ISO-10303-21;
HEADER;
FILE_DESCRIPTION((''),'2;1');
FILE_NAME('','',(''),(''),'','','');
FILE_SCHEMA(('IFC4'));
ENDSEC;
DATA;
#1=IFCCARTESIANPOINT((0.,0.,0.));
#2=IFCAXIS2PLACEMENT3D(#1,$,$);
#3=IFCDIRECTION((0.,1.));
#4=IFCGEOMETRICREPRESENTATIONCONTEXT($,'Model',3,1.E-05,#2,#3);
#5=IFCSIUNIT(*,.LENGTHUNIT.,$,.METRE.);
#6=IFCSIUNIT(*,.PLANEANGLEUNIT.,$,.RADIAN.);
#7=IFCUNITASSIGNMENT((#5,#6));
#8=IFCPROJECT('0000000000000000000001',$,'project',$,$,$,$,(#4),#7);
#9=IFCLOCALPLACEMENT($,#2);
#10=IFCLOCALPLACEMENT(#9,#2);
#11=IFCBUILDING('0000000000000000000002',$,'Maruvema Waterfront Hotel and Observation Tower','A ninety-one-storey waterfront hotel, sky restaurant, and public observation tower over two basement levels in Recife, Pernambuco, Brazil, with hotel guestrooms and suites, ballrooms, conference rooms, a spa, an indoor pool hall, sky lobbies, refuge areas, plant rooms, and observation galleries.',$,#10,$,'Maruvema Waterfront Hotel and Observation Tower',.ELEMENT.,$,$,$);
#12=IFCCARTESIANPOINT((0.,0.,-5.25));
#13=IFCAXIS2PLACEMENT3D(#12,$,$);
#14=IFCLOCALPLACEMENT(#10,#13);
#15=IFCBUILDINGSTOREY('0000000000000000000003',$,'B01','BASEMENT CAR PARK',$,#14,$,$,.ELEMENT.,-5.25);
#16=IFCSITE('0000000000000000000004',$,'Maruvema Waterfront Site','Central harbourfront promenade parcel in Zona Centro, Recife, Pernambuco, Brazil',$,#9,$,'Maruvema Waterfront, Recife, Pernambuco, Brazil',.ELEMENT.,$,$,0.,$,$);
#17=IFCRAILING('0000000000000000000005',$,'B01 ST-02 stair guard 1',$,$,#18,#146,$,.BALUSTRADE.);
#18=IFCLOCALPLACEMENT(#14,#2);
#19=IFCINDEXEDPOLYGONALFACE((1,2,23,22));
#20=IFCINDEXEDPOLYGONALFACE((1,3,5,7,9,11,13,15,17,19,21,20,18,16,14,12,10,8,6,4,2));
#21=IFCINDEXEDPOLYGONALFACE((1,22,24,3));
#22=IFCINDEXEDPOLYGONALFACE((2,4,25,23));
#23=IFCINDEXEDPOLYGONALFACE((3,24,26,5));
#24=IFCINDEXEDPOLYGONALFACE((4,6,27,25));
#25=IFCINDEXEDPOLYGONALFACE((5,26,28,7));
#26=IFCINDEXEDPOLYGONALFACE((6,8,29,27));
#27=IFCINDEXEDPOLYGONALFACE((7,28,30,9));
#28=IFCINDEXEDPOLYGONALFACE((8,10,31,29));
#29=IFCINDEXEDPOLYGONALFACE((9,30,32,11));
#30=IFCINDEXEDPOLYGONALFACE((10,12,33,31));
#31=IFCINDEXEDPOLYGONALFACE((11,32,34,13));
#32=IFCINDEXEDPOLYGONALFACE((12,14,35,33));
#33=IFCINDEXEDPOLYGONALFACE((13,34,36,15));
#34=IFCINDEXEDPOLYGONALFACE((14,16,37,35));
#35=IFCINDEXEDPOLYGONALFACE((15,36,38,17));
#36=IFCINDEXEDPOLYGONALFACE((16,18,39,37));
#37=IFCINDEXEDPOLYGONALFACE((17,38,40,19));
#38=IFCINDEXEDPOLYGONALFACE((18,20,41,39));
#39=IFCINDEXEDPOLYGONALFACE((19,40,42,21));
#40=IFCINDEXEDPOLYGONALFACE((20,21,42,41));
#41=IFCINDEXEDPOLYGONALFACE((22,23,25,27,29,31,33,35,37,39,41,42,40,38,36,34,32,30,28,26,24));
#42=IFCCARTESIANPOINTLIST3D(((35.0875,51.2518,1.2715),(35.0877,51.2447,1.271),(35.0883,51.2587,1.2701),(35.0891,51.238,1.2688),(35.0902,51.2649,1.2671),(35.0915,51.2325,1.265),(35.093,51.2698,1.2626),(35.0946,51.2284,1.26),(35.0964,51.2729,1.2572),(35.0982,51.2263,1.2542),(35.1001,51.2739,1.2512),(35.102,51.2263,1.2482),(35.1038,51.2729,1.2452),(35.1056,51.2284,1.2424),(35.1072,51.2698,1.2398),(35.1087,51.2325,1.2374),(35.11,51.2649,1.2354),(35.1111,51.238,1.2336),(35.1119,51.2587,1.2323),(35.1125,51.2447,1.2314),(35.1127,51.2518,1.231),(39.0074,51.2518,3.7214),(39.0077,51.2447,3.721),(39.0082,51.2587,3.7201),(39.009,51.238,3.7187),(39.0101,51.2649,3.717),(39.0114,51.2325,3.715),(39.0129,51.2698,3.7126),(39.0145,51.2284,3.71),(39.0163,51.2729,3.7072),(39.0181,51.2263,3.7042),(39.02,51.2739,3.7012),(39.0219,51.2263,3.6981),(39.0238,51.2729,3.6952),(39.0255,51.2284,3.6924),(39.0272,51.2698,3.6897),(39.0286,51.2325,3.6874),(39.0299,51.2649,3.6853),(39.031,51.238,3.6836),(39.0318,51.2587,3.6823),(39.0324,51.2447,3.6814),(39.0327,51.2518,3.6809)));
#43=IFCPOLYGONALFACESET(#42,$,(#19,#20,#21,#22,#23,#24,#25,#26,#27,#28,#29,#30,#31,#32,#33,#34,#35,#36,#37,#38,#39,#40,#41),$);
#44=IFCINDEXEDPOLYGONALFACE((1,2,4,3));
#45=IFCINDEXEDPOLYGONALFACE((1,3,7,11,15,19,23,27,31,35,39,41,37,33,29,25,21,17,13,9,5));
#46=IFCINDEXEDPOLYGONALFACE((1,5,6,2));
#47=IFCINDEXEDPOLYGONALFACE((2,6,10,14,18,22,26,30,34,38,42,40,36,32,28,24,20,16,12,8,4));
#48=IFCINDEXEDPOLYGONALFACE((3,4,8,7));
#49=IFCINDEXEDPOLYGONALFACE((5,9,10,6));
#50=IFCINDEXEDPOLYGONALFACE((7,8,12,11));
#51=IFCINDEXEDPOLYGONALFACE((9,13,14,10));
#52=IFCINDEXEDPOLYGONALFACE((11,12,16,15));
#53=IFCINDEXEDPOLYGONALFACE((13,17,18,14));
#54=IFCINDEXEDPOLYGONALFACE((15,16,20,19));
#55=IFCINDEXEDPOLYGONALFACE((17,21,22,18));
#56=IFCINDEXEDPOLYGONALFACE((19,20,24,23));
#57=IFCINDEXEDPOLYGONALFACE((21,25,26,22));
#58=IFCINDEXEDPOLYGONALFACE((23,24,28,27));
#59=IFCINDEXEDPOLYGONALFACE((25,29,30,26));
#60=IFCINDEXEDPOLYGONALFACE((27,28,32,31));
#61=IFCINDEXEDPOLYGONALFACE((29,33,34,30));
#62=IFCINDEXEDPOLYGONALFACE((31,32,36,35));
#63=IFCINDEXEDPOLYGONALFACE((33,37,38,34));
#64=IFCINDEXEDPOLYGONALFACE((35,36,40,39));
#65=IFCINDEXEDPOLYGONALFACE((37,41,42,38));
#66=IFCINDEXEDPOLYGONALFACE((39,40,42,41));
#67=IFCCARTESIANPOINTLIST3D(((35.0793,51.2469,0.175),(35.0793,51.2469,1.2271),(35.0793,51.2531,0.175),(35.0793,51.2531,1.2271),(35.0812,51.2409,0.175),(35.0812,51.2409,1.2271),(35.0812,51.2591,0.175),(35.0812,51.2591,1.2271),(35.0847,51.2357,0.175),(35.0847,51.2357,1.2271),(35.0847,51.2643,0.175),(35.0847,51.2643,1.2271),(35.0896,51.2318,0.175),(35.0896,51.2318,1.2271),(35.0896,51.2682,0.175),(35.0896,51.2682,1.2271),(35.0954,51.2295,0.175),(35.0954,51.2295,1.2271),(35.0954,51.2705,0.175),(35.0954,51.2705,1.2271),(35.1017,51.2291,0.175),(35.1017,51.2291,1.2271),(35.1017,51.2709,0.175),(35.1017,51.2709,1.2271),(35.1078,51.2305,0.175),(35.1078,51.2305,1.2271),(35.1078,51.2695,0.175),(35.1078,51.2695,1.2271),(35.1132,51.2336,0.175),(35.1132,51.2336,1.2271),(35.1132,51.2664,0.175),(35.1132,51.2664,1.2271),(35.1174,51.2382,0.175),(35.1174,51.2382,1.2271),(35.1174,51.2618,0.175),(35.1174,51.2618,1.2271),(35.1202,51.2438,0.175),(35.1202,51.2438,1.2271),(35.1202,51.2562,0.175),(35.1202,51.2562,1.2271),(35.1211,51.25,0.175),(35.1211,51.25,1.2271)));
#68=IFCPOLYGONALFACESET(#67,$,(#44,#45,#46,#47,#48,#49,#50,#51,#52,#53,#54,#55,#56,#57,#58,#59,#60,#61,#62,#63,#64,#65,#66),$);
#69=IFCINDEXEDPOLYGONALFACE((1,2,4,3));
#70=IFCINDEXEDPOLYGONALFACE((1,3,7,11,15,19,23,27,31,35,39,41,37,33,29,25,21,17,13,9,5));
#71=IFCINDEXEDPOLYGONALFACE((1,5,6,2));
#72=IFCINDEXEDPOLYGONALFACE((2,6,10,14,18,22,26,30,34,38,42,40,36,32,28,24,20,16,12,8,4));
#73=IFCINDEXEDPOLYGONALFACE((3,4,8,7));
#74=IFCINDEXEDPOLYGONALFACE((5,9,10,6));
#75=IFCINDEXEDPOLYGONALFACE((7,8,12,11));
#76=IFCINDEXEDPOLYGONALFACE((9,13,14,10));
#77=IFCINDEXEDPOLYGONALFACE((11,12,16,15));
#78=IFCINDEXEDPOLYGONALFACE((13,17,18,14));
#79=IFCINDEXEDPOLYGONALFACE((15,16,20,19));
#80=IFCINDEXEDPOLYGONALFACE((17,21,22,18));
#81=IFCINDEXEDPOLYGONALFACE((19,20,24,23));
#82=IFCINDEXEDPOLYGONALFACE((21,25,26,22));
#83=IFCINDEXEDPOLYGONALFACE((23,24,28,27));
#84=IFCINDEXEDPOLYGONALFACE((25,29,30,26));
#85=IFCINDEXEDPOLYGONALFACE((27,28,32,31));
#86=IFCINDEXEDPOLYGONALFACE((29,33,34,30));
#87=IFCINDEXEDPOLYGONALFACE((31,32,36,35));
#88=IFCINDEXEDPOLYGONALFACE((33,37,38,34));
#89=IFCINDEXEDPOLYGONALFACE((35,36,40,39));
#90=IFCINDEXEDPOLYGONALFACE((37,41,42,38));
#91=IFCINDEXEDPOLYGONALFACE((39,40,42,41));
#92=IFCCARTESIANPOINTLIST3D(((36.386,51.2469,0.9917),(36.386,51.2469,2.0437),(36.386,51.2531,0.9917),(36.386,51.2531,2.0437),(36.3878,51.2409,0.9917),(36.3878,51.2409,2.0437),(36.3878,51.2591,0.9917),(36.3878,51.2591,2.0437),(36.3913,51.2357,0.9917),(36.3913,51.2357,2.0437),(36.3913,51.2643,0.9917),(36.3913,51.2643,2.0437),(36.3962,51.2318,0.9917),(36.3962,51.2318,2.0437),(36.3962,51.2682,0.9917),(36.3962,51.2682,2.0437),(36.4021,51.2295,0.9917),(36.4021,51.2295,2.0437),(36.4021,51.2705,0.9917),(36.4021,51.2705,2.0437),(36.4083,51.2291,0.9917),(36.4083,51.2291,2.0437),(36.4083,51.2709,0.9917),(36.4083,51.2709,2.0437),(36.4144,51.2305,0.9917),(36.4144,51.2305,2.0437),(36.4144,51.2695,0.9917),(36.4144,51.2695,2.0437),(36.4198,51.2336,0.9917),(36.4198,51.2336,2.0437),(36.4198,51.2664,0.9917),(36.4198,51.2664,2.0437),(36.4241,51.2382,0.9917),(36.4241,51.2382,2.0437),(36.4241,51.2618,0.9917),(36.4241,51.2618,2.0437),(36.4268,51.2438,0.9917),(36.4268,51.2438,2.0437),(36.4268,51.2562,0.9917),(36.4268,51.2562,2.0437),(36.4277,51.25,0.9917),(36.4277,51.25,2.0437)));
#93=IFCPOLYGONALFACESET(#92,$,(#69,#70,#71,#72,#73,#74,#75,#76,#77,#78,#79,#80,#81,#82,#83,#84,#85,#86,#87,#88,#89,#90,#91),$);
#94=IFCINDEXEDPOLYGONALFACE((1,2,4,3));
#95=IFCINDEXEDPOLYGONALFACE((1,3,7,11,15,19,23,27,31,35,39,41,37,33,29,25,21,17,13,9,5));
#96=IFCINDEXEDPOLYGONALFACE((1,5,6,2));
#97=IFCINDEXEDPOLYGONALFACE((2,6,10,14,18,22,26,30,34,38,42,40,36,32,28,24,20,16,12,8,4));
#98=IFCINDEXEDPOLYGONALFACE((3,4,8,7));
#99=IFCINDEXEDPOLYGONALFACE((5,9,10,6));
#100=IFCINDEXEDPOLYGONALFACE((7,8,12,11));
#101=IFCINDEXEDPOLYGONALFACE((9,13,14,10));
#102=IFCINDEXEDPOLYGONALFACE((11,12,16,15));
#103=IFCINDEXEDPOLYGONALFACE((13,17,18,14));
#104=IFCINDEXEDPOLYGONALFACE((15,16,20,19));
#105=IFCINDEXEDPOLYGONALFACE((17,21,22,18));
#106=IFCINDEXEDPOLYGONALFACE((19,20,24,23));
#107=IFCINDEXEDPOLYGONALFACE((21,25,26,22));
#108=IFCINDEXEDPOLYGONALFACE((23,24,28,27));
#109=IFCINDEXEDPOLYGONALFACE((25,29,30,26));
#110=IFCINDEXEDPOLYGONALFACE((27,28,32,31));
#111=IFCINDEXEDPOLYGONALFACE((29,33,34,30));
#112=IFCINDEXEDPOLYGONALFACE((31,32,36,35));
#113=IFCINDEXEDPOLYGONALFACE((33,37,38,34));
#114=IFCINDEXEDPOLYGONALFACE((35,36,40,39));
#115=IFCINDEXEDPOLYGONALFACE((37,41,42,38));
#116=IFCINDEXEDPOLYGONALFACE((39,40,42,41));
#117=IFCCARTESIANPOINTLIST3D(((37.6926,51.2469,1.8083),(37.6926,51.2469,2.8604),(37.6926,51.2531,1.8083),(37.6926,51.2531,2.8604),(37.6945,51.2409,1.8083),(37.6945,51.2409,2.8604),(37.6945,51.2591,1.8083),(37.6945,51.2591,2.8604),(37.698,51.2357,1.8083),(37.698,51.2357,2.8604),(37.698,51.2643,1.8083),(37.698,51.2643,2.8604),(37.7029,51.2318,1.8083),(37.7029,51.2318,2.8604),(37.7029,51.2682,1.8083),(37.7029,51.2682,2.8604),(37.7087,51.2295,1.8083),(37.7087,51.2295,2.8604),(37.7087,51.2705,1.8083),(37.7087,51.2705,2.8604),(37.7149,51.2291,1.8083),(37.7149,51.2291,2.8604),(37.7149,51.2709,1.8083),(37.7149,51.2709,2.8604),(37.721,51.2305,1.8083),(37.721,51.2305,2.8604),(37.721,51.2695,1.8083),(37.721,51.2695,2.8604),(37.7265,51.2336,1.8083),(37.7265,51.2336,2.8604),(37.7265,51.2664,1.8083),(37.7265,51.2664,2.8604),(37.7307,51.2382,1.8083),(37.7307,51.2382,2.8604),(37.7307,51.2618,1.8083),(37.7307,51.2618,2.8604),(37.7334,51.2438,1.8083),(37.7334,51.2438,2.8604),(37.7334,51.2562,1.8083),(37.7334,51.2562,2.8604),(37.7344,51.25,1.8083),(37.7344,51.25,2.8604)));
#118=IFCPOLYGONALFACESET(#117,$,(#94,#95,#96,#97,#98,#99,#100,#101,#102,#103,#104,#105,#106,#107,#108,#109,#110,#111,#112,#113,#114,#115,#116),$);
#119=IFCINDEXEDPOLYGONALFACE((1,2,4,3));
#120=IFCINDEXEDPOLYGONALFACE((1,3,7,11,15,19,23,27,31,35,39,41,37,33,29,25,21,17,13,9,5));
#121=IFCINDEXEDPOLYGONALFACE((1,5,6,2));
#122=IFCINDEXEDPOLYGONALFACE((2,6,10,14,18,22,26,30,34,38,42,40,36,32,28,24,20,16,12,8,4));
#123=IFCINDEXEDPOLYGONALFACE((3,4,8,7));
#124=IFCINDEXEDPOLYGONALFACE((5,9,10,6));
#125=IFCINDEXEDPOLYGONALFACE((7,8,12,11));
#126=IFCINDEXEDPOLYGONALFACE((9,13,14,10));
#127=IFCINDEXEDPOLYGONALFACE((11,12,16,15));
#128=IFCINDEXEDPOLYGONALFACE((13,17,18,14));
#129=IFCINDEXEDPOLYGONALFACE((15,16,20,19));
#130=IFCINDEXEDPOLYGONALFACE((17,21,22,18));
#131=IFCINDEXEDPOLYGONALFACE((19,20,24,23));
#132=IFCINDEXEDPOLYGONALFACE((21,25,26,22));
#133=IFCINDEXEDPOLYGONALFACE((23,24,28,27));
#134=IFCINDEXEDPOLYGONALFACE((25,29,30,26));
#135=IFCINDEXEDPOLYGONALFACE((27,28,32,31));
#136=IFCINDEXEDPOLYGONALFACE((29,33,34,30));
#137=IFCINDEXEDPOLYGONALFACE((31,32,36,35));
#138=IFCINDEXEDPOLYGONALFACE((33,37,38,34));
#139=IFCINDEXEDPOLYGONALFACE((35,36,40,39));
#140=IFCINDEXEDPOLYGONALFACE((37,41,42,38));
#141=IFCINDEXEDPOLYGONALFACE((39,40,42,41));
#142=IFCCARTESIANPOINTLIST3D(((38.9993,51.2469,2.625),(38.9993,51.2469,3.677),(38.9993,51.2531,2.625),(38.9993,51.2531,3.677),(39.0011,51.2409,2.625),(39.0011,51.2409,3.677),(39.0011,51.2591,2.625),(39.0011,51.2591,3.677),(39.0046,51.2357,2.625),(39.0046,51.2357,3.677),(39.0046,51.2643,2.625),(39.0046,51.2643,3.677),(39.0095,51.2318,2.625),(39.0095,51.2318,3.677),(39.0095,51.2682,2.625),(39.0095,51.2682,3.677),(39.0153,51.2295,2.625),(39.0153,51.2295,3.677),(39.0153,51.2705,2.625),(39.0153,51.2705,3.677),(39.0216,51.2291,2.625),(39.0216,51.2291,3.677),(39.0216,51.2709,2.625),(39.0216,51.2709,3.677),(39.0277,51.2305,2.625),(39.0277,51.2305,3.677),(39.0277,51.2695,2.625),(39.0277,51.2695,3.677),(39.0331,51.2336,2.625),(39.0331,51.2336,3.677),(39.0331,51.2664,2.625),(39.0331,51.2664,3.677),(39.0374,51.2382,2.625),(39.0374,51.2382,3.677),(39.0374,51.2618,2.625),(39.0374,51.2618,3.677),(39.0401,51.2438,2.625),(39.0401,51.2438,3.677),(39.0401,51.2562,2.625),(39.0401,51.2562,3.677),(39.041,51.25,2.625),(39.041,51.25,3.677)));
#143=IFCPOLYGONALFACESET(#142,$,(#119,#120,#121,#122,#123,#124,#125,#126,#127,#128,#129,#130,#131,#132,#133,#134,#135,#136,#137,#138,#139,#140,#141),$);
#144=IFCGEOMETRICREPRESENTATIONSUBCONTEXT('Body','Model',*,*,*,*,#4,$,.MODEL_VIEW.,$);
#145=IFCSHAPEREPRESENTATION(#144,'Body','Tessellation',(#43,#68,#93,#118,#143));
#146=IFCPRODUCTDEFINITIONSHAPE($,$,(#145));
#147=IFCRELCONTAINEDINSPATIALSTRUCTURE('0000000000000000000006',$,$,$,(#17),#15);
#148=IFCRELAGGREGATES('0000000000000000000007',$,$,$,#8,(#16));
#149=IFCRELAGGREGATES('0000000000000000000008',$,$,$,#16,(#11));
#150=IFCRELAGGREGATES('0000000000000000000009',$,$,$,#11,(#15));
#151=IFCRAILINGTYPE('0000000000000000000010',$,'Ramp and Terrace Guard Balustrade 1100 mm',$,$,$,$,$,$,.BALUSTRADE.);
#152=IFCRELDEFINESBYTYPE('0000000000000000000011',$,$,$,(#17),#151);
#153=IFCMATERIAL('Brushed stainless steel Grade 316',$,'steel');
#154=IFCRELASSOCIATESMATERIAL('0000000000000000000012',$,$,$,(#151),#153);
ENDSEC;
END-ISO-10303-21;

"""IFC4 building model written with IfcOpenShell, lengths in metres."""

from ifc_helpers import new_model, si_unit, direction, frame, origin, origin_2d, place, context, subcontext, project, spatial, circle, extrude, material, type_object, element, save


model = new_model("IFC4")

# Units and contexts
model_context = context("Model", 3, precision=1e-05, world=origin(), true_north=direction((0.0, 1.0)))
body_context = subcontext(model_context, "Body", "Model", "MODEL_VIEW")
ifc_project = project(units=[si_unit("LENGTHUNIT", "METRE"), si_unit("PLANEANGLEUNIT", "RADIAN")], contexts=[model_context])

# Site, building, storey
site_placement = place(None, origin())
site = spatial("IfcSite", under=ifc_project, at=site_placement, Name="Maruvema Waterfront Site", Description="Central harbourfront promenade parcel in Zona Centro, Recife, Pernambuco, Brazil", LongName="Maruvema Waterfront, Recife, Pernambuco, Brazil", CompositionType="ELEMENT", RefElevation=0.0)
building_placement = place(site_placement, origin())
building = spatial("IfcBuilding", under=site, at=building_placement, Name="Maruvema Waterfront Hotel and Observation Tower", Description="A ninety-one-storey waterfront hotel, sky restaurant, and public observation tower over two basement levels in Recife, Pernambuco, Brazil, with hotel guestrooms and suites, ballrooms, conference rooms, a spa, an indoor pool hall, sky lobbies, refuge areas, plant rooms, and observation galleries.", LongName="Maruvema Waterfront Hotel and Observation Tower", CompositionType="ELEMENT")
storey_placement = place(building_placement, frame((0.0, 0.0, -5.25)))
storey = spatial("IfcBuildingStorey", under=building, at=storey_placement, Name="B01", Description="BASEMENT CAR PARK", CompositionType="ELEMENT", Elevation=-5.25)

# Railing
ifc_material_1 = material(Name="Brushed stainless steel Grade 316", Category="steel")
railing_type_1 = type_object("IfcRailingType", Name="Ramp and Terrace Guard Balustrade 1100 mm", PredefinedType="BALUSTRADE", material=ifc_material_1)
railing_1_placement = place(storey_placement, frame((35.1001, 51.25, 0.175)))
element("IfcRailing", 1, at=railing_1_placement, inside=storey, type_object=railing_type_1, Name="B01 ST-02 stair guard 1", PredefinedType="BALUSTRADE", context=body_context, shape_type="SweptSolid", body=[
    extrude(circle(Radius=0.0239, at=origin_2d()), frame((0.0, 0.0, 1.0762), z_axis=(0.847998, 0.0, 0.529999), x_axis=(0.0, 1.0, 0.0)), (0.0, 0.0, 1.0), 4.6226),
    extrude(circle(Radius=0.021, at=origin_2d()), origin(), (0.0, 0.0, 1.0), 1.052),
    extrude(circle(Radius=0.021, at=origin_2d()), frame((1.3066, 0.0, 0.8167)), (0.0, 0.0, 1.0), 1.052),
    extrude(circle(Radius=0.021, at=origin_2d()), frame((2.6133, 0.0, 1.6333)), (0.0, 0.0, 1.0), 1.052),
    extrude(circle(Radius=0.021, at=origin_2d()), frame((3.9199, 0.0, 2.45)), (0.0, 0.0, 1.0), 1.052),
])

save(model, "model.ifc")
